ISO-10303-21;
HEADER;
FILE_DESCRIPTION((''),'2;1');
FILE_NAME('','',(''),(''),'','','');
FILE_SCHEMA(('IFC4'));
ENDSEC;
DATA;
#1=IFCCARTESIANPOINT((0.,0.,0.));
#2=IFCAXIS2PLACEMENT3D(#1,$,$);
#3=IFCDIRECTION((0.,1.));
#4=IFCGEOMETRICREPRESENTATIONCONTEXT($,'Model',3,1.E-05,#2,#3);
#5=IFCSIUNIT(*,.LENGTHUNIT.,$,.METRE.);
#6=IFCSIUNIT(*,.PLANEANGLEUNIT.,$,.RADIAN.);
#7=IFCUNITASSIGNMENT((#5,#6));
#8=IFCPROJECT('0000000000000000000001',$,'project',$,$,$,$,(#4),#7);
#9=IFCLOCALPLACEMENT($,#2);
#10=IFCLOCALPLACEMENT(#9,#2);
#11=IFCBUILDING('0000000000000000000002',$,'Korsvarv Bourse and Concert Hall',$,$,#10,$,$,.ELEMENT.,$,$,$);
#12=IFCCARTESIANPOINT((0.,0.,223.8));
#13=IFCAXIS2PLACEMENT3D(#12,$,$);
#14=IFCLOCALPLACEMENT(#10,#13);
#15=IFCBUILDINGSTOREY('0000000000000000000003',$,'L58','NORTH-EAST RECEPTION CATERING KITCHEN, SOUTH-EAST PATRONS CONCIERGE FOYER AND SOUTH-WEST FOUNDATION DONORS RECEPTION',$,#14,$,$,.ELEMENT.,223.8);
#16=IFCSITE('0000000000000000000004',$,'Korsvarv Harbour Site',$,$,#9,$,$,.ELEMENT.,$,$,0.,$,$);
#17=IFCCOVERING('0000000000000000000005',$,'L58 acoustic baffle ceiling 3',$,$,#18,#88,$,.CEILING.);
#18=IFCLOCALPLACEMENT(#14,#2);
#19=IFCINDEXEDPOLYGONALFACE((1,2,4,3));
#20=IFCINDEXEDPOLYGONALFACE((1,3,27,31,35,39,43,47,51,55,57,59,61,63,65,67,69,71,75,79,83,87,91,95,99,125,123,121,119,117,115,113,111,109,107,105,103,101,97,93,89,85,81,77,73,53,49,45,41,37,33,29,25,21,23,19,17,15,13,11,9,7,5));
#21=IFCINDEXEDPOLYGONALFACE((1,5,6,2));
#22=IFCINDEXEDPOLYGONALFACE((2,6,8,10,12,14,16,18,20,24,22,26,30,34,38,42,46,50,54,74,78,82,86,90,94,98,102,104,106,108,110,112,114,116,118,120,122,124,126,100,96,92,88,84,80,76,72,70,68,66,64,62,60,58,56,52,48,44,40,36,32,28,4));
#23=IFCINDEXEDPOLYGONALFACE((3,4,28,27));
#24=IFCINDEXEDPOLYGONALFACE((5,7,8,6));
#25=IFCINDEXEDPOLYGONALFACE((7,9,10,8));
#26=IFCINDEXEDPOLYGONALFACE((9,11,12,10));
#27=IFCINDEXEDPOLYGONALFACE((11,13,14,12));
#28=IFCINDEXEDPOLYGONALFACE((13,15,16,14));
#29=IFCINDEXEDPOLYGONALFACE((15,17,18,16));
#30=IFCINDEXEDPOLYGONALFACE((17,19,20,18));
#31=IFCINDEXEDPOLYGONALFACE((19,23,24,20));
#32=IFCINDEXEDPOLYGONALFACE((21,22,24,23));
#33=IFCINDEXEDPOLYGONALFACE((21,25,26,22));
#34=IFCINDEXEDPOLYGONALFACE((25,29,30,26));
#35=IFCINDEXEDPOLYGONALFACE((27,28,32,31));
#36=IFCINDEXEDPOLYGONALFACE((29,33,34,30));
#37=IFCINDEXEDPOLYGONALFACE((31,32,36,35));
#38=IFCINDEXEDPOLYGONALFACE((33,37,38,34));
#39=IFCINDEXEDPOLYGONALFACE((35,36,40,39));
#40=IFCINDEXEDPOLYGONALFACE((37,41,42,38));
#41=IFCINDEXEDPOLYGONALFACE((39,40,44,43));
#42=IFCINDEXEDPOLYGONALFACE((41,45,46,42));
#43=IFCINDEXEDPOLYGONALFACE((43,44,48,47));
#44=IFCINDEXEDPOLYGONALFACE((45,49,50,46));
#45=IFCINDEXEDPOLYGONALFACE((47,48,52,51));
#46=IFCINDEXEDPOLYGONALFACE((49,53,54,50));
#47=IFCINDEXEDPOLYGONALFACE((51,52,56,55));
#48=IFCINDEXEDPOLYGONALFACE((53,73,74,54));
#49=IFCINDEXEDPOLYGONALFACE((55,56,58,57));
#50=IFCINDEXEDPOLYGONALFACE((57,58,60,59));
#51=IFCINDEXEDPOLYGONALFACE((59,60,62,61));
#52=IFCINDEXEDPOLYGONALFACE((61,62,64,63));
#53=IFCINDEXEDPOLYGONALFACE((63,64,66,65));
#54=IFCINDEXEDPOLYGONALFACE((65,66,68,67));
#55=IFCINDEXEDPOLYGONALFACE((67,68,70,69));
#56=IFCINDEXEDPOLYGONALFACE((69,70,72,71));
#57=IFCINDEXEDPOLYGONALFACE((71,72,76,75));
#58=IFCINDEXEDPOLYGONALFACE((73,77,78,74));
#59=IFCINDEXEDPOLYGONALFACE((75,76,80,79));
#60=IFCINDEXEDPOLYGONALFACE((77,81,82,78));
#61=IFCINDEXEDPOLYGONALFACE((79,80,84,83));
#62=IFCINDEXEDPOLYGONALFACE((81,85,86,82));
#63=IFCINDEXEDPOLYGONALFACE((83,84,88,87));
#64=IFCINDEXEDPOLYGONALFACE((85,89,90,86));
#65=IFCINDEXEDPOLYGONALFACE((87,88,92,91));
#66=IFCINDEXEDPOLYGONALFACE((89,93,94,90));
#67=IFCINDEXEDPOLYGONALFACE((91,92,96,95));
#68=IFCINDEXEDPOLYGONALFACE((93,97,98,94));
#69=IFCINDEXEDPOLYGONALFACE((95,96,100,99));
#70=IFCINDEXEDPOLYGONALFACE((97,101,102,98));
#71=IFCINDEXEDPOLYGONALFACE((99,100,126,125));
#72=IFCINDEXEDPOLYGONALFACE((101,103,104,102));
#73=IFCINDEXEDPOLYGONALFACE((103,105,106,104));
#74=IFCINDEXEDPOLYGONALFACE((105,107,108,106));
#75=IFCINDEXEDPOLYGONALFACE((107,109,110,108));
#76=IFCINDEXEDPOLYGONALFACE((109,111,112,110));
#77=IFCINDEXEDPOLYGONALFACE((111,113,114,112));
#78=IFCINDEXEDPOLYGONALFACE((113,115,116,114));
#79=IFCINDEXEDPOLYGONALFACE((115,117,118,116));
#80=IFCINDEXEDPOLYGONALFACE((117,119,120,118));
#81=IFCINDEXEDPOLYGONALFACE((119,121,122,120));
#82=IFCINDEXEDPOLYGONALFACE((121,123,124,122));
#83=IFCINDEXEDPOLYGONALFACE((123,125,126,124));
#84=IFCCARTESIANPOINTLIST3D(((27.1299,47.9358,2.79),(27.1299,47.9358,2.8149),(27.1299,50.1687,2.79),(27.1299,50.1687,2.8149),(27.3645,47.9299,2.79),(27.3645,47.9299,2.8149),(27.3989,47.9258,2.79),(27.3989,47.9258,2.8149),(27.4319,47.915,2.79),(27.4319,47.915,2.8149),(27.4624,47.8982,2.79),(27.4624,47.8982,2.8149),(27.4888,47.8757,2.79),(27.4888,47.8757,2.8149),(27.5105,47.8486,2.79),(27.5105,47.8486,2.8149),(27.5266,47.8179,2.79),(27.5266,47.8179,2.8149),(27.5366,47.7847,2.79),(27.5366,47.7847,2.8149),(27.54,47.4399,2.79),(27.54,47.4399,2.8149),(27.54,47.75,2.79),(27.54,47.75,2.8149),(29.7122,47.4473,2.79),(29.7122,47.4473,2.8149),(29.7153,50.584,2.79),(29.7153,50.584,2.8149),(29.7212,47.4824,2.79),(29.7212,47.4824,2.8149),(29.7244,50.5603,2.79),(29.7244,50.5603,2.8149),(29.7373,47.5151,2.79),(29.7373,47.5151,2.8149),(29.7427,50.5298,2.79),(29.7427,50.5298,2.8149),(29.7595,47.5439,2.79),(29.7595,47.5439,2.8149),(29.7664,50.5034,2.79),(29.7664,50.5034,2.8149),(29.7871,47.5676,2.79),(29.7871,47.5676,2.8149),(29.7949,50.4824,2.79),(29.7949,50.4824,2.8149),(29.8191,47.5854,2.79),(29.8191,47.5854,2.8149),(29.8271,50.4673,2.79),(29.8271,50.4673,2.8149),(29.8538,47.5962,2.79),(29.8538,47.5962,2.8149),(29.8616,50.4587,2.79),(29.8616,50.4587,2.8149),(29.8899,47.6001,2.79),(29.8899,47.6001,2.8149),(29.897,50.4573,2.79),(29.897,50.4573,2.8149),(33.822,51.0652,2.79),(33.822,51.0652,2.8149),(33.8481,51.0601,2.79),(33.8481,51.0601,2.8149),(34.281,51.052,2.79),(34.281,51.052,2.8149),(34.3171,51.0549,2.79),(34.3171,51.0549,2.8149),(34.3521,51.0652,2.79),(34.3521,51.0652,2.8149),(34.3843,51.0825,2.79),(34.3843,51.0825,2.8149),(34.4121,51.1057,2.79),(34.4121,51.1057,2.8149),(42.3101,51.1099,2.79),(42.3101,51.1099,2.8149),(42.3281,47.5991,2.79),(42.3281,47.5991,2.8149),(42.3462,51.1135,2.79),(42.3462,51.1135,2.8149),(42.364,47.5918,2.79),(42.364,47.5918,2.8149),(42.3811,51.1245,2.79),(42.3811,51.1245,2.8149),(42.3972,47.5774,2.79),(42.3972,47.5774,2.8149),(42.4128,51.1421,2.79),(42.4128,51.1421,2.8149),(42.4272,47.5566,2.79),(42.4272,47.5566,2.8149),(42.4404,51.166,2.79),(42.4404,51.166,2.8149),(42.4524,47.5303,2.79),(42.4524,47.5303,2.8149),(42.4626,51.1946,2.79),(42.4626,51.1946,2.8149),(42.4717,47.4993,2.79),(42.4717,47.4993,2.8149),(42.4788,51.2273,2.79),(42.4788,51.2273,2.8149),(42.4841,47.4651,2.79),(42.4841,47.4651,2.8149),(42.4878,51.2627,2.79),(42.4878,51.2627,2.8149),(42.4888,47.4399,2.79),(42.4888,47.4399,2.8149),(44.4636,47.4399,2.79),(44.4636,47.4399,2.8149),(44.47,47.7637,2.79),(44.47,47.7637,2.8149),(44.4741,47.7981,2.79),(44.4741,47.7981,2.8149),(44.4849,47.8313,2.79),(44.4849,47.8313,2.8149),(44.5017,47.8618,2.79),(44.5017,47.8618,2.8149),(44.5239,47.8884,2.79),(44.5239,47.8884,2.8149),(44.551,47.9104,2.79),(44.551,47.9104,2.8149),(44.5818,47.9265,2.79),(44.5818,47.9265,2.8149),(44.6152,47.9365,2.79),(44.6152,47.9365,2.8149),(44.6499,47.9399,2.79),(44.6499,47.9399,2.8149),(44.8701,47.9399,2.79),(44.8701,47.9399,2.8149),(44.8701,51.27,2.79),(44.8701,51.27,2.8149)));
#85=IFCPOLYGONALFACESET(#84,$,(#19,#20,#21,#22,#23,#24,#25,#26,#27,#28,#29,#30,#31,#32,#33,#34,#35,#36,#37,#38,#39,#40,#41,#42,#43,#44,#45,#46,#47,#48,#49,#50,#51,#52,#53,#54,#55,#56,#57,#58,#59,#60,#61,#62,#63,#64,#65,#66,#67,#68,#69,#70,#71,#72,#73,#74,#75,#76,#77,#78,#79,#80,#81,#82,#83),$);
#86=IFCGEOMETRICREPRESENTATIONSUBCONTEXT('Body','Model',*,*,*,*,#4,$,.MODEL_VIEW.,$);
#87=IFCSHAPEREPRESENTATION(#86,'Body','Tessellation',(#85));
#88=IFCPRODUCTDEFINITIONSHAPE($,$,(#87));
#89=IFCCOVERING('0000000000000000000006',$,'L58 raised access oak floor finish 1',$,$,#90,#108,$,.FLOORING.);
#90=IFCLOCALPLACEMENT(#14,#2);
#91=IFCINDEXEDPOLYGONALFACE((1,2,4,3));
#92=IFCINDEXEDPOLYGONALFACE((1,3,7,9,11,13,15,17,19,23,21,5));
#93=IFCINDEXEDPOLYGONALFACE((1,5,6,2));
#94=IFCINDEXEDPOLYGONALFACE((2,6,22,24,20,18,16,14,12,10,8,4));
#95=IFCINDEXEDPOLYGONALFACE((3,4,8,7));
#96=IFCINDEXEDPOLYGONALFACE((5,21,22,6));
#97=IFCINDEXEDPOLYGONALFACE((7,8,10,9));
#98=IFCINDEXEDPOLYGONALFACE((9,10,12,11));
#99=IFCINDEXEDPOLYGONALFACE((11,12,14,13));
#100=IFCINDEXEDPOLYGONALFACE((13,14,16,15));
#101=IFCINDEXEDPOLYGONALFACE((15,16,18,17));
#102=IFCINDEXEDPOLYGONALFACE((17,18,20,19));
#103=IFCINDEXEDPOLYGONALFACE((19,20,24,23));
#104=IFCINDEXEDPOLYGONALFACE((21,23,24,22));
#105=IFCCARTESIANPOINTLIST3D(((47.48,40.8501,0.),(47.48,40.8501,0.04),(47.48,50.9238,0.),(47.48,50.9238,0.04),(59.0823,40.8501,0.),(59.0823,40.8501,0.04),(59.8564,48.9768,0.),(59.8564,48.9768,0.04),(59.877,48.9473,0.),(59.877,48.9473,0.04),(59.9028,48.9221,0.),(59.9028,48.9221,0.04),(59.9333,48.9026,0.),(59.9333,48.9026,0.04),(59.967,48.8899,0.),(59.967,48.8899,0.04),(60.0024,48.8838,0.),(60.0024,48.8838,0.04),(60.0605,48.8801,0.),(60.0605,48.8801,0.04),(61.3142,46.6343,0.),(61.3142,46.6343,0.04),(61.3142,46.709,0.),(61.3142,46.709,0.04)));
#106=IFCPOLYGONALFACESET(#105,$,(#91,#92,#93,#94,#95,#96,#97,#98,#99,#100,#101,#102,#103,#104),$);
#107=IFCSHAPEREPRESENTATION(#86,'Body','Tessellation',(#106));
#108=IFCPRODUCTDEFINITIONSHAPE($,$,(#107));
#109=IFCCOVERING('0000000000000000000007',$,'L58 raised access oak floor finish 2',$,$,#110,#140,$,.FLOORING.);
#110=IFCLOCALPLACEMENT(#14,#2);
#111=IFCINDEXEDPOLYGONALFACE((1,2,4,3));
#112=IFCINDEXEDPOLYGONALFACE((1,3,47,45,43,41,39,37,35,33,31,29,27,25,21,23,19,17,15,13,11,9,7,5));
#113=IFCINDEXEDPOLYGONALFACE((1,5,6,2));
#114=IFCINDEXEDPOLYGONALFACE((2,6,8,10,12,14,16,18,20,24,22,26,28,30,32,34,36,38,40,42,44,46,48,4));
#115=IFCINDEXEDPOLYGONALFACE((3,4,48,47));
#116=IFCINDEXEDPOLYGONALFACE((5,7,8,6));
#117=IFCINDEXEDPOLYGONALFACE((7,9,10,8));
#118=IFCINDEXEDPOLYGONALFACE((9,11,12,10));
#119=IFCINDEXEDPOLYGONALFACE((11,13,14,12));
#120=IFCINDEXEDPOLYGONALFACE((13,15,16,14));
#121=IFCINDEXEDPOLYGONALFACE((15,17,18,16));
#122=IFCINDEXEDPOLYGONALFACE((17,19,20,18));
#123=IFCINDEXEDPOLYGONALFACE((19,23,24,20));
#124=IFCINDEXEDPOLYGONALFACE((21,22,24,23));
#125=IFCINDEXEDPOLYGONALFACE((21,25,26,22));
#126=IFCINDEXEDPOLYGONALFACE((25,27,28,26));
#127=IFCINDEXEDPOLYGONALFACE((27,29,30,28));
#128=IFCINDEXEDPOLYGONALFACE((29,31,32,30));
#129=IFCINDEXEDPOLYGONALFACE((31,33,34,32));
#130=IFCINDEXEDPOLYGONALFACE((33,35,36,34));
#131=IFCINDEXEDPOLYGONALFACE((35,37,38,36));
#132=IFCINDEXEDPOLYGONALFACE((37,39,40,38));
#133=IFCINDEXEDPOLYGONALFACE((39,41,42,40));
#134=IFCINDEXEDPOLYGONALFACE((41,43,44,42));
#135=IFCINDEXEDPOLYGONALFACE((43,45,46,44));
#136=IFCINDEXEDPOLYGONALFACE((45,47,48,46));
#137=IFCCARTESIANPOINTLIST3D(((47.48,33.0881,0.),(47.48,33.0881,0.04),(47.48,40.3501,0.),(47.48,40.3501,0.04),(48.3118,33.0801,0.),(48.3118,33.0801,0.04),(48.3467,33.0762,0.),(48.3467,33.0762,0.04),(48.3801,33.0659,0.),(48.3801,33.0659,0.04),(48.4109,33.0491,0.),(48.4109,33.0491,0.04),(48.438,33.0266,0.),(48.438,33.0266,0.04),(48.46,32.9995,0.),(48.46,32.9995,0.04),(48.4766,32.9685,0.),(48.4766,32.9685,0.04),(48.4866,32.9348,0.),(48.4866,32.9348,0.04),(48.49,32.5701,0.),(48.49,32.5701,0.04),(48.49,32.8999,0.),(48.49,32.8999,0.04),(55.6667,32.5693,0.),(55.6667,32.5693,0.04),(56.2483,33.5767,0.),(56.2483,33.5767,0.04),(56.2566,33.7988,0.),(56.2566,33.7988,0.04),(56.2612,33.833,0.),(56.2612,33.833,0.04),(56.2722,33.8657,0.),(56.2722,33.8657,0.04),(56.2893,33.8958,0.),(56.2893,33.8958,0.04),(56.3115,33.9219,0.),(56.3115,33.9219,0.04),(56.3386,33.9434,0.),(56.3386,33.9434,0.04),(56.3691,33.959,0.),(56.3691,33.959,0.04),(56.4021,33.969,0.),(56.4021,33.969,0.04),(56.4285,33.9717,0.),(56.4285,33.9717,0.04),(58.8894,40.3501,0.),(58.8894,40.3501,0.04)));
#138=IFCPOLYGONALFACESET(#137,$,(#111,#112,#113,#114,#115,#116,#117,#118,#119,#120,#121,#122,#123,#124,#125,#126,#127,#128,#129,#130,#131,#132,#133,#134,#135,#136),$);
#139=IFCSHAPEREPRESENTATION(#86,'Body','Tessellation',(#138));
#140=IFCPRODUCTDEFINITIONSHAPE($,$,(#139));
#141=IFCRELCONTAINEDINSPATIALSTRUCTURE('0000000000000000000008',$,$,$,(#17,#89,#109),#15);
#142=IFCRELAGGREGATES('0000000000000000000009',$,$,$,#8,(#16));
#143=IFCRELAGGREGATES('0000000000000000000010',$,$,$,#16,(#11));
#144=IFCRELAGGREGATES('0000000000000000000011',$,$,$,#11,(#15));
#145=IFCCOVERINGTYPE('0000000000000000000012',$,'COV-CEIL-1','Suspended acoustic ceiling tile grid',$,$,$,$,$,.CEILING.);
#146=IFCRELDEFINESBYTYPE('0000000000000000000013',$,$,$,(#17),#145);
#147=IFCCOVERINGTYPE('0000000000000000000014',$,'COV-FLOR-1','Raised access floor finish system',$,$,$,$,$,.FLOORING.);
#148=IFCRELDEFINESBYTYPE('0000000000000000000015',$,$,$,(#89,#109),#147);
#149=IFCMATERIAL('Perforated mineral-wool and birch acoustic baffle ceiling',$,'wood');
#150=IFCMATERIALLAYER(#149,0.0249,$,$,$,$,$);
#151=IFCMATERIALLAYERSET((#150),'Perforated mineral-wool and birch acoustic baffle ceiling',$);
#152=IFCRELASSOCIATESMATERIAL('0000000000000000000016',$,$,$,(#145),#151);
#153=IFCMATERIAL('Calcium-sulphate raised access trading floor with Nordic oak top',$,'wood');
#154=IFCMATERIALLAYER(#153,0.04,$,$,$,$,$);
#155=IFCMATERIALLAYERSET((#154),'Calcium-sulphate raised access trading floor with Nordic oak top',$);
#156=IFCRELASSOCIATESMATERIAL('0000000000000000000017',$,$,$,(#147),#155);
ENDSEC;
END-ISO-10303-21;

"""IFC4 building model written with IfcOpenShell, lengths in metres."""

from ifc_helpers import new_model, si_unit, direction, frame, origin, place, context, subcontext, project, spatial, polyline, outline, extrude, material, layer, layer_set, type_object, element, save


model = new_model("IFC4")

# Units and contexts
model_context = context("Model", 3, precision=1e-05, world=origin(), true_north=direction((0.0, 1.0)))
body_context = subcontext(model_context, "Body", "Model", "MODEL_VIEW")
ifc_project = project(units=[si_unit("LENGTHUNIT", "METRE"), si_unit("PLANEANGLEUNIT", "RADIAN")], contexts=[model_context])

# Site, building, storey
site_placement = place(None, origin())
site = spatial("IfcSite", under=ifc_project, at=site_placement, Name="Korsvarv Harbour Site", CompositionType="ELEMENT", RefElevation=0.0)
building_placement = place(site_placement, origin())
building = spatial("IfcBuilding", under=site, at=building_placement, Name="Korsvarv Bourse and Concert Hall", CompositionType="ELEMENT")
storey_placement = place(building_placement, frame((0.0, 0.0, 223.8)))
storey = spatial("IfcBuildingStorey", under=building, at=storey_placement, Name="L58", Description="NORTH-EAST RECEPTION CATERING KITCHEN, SOUTH-EAST PATRONS CONCIERGE FOYER AND SOUTH-WEST FOUNDATION DONORS RECEPTION", CompositionType="ELEMENT", Elevation=223.8)

# Coverings
ifc_material_1 = material(Name="Perforated mineral-wool and birch acoustic baffle ceiling", Category="wood")
ifc_layer_1 = layer(ifc_material_1, 0.0249)
ifc_layer_set_1 = layer_set([ifc_layer_1], Name="Perforated mineral-wool and birch acoustic baffle ceiling")
covering_type_1 = type_object("IfcCoveringType", Name="COV-CEIL-1", Description="Suspended acoustic ceiling tile grid", PredefinedType="CEILING", material=ifc_layer_set_1)
covering_1_placement = place(storey_placement, frame((0.0, 0.0, 2.79)))
element("IfcCovering", 1, at=covering_1_placement, inside=storey, type_object=covering_type_1, Name="L58 acoustic baffle ceiling 3", PredefinedType="CEILING", context=body_context, shape_type="SweptSolid", body=[
    extrude(outline(polyline([(29.7153, 50.584), (29.7244, 50.5603), (29.7427, 50.5298), (29.7664, 50.5034), (29.7949, 50.4824), (29.8271, 50.4673), (29.8616, 50.4587), (29.897, 50.4573), (33.822, 51.0652), (33.8481, 51.0601), (34.281, 51.052), (34.3171, 51.0549), (34.3521, 51.0652), (34.3843, 51.0825), (34.4121, 51.1057), (42.3101, 51.1099), (42.3462, 51.1135), (42.3811, 51.1245), (42.4128, 51.1421), (42.4404, 51.166), (42.4626, 51.1946), (42.4788, 51.2273), (42.4878, 51.2627), (44.8701, 51.27), (44.8701, 47.9399), (44.6499, 47.9399), (44.6152, 47.9365), (44.5818, 47.9265), (44.551, 47.9104), (44.5239, 47.8884), (44.5017, 47.8618), (44.4849, 47.8313), (44.4741, 47.7981), (44.47, 47.7637), (44.4636, 47.4399), (42.4888, 47.4399), (42.4841, 47.4651), (42.4717, 47.4993), (42.4524, 47.5303), (42.4272, 47.5566), (42.3972, 47.5774), (42.364, 47.5918), (42.3281, 47.5991), (29.8899, 47.6001), (29.8538, 47.5962), (29.8191, 47.5854), (29.7871, 47.5676), (29.7595, 47.5439), (29.7373, 47.5151), (29.7212, 47.4824), (29.7122, 47.4473), (27.54, 47.4399), (27.54, 47.75), (27.5366, 47.7847), (27.5266, 47.8179), (27.5105, 47.8486), (27.4888, 47.8757), (27.4624, 47.8982), (27.4319, 47.915), (27.3989, 47.9258), (27.3645, 47.9299), (27.1299, 47.9358), (27.1299, 50.1687), (29.7153, 50.584)])), origin(), (0.0, 0.0, 1.0), 0.0249),
])
ifc_material_2 = material(Name="Calcium-sulphate raised access trading floor with Nordic oak top", Category="wood")
ifc_layer_2 = layer(ifc_material_2, 0.04)
ifc_layer_set_2 = layer_set([ifc_layer_2], Name="Calcium-sulphate raised access trading floor with Nordic oak top")
covering_type_2 = type_object("IfcCoveringType", Name="COV-FLOR-1", Description="Raised access floor finish system", PredefinedType="FLOORING", material=ifc_layer_set_2)
covering_2_placement = place(storey_placement, origin())
element("IfcCovering", 2, at=covering_2_placement, inside=storey, type_object=covering_type_2, Name="L58 raised access oak floor finish 1", PredefinedType="FLOORING", context=body_context, shape_type="SweptSolid", body=[
    extrude(outline(polyline([(59.8564, 48.9768), (59.877, 48.9473), (59.9028, 48.9221), (59.9333, 48.9026), (59.967, 48.8899), (60.0024, 48.8838), (60.0605, 48.8801), (61.3142, 46.709), (61.3142, 46.6343), (59.0823, 40.8501), (47.48, 40.8501), (47.48, 50.9238), (59.8564, 48.9768)])), origin(), (0.0, 0.0, 1.0), 0.04),
])
covering_3_placement = place(storey_placement, origin())
element("IfcCovering", 3, at=covering_3_placement, inside=storey, type_object=covering_type_2, Name="L58 raised access oak floor finish 2", PredefinedType="FLOORING", context=body_context, shape_type="SweptSolid", body=[
    extrude(outline(polyline([(48.49, 32.5701), (48.49, 32.8999), (48.4866, 32.9348), (48.4766, 32.9685), (48.46, 32.9995), (48.438, 33.0266), (48.4109, 33.0491), (48.3801, 33.0659), (48.3467, 33.0762), (48.3118, 33.0801), (47.48, 33.0881), (47.48, 40.3501), (58.8894, 40.3501), (56.4285, 33.9717), (56.4021, 33.969), (56.3691, 33.959), (56.3386, 33.9434), (56.3115, 33.9219), (56.2893, 33.8958), (56.2722, 33.8657), (56.2612, 33.833), (56.2566, 33.7988), (56.2483, 33.5767), (55.6667, 32.5693), (48.49, 32.5701)])), origin(), (0.0, 0.0, 1.0), 0.04),
])

save(model, "model.ifc")
